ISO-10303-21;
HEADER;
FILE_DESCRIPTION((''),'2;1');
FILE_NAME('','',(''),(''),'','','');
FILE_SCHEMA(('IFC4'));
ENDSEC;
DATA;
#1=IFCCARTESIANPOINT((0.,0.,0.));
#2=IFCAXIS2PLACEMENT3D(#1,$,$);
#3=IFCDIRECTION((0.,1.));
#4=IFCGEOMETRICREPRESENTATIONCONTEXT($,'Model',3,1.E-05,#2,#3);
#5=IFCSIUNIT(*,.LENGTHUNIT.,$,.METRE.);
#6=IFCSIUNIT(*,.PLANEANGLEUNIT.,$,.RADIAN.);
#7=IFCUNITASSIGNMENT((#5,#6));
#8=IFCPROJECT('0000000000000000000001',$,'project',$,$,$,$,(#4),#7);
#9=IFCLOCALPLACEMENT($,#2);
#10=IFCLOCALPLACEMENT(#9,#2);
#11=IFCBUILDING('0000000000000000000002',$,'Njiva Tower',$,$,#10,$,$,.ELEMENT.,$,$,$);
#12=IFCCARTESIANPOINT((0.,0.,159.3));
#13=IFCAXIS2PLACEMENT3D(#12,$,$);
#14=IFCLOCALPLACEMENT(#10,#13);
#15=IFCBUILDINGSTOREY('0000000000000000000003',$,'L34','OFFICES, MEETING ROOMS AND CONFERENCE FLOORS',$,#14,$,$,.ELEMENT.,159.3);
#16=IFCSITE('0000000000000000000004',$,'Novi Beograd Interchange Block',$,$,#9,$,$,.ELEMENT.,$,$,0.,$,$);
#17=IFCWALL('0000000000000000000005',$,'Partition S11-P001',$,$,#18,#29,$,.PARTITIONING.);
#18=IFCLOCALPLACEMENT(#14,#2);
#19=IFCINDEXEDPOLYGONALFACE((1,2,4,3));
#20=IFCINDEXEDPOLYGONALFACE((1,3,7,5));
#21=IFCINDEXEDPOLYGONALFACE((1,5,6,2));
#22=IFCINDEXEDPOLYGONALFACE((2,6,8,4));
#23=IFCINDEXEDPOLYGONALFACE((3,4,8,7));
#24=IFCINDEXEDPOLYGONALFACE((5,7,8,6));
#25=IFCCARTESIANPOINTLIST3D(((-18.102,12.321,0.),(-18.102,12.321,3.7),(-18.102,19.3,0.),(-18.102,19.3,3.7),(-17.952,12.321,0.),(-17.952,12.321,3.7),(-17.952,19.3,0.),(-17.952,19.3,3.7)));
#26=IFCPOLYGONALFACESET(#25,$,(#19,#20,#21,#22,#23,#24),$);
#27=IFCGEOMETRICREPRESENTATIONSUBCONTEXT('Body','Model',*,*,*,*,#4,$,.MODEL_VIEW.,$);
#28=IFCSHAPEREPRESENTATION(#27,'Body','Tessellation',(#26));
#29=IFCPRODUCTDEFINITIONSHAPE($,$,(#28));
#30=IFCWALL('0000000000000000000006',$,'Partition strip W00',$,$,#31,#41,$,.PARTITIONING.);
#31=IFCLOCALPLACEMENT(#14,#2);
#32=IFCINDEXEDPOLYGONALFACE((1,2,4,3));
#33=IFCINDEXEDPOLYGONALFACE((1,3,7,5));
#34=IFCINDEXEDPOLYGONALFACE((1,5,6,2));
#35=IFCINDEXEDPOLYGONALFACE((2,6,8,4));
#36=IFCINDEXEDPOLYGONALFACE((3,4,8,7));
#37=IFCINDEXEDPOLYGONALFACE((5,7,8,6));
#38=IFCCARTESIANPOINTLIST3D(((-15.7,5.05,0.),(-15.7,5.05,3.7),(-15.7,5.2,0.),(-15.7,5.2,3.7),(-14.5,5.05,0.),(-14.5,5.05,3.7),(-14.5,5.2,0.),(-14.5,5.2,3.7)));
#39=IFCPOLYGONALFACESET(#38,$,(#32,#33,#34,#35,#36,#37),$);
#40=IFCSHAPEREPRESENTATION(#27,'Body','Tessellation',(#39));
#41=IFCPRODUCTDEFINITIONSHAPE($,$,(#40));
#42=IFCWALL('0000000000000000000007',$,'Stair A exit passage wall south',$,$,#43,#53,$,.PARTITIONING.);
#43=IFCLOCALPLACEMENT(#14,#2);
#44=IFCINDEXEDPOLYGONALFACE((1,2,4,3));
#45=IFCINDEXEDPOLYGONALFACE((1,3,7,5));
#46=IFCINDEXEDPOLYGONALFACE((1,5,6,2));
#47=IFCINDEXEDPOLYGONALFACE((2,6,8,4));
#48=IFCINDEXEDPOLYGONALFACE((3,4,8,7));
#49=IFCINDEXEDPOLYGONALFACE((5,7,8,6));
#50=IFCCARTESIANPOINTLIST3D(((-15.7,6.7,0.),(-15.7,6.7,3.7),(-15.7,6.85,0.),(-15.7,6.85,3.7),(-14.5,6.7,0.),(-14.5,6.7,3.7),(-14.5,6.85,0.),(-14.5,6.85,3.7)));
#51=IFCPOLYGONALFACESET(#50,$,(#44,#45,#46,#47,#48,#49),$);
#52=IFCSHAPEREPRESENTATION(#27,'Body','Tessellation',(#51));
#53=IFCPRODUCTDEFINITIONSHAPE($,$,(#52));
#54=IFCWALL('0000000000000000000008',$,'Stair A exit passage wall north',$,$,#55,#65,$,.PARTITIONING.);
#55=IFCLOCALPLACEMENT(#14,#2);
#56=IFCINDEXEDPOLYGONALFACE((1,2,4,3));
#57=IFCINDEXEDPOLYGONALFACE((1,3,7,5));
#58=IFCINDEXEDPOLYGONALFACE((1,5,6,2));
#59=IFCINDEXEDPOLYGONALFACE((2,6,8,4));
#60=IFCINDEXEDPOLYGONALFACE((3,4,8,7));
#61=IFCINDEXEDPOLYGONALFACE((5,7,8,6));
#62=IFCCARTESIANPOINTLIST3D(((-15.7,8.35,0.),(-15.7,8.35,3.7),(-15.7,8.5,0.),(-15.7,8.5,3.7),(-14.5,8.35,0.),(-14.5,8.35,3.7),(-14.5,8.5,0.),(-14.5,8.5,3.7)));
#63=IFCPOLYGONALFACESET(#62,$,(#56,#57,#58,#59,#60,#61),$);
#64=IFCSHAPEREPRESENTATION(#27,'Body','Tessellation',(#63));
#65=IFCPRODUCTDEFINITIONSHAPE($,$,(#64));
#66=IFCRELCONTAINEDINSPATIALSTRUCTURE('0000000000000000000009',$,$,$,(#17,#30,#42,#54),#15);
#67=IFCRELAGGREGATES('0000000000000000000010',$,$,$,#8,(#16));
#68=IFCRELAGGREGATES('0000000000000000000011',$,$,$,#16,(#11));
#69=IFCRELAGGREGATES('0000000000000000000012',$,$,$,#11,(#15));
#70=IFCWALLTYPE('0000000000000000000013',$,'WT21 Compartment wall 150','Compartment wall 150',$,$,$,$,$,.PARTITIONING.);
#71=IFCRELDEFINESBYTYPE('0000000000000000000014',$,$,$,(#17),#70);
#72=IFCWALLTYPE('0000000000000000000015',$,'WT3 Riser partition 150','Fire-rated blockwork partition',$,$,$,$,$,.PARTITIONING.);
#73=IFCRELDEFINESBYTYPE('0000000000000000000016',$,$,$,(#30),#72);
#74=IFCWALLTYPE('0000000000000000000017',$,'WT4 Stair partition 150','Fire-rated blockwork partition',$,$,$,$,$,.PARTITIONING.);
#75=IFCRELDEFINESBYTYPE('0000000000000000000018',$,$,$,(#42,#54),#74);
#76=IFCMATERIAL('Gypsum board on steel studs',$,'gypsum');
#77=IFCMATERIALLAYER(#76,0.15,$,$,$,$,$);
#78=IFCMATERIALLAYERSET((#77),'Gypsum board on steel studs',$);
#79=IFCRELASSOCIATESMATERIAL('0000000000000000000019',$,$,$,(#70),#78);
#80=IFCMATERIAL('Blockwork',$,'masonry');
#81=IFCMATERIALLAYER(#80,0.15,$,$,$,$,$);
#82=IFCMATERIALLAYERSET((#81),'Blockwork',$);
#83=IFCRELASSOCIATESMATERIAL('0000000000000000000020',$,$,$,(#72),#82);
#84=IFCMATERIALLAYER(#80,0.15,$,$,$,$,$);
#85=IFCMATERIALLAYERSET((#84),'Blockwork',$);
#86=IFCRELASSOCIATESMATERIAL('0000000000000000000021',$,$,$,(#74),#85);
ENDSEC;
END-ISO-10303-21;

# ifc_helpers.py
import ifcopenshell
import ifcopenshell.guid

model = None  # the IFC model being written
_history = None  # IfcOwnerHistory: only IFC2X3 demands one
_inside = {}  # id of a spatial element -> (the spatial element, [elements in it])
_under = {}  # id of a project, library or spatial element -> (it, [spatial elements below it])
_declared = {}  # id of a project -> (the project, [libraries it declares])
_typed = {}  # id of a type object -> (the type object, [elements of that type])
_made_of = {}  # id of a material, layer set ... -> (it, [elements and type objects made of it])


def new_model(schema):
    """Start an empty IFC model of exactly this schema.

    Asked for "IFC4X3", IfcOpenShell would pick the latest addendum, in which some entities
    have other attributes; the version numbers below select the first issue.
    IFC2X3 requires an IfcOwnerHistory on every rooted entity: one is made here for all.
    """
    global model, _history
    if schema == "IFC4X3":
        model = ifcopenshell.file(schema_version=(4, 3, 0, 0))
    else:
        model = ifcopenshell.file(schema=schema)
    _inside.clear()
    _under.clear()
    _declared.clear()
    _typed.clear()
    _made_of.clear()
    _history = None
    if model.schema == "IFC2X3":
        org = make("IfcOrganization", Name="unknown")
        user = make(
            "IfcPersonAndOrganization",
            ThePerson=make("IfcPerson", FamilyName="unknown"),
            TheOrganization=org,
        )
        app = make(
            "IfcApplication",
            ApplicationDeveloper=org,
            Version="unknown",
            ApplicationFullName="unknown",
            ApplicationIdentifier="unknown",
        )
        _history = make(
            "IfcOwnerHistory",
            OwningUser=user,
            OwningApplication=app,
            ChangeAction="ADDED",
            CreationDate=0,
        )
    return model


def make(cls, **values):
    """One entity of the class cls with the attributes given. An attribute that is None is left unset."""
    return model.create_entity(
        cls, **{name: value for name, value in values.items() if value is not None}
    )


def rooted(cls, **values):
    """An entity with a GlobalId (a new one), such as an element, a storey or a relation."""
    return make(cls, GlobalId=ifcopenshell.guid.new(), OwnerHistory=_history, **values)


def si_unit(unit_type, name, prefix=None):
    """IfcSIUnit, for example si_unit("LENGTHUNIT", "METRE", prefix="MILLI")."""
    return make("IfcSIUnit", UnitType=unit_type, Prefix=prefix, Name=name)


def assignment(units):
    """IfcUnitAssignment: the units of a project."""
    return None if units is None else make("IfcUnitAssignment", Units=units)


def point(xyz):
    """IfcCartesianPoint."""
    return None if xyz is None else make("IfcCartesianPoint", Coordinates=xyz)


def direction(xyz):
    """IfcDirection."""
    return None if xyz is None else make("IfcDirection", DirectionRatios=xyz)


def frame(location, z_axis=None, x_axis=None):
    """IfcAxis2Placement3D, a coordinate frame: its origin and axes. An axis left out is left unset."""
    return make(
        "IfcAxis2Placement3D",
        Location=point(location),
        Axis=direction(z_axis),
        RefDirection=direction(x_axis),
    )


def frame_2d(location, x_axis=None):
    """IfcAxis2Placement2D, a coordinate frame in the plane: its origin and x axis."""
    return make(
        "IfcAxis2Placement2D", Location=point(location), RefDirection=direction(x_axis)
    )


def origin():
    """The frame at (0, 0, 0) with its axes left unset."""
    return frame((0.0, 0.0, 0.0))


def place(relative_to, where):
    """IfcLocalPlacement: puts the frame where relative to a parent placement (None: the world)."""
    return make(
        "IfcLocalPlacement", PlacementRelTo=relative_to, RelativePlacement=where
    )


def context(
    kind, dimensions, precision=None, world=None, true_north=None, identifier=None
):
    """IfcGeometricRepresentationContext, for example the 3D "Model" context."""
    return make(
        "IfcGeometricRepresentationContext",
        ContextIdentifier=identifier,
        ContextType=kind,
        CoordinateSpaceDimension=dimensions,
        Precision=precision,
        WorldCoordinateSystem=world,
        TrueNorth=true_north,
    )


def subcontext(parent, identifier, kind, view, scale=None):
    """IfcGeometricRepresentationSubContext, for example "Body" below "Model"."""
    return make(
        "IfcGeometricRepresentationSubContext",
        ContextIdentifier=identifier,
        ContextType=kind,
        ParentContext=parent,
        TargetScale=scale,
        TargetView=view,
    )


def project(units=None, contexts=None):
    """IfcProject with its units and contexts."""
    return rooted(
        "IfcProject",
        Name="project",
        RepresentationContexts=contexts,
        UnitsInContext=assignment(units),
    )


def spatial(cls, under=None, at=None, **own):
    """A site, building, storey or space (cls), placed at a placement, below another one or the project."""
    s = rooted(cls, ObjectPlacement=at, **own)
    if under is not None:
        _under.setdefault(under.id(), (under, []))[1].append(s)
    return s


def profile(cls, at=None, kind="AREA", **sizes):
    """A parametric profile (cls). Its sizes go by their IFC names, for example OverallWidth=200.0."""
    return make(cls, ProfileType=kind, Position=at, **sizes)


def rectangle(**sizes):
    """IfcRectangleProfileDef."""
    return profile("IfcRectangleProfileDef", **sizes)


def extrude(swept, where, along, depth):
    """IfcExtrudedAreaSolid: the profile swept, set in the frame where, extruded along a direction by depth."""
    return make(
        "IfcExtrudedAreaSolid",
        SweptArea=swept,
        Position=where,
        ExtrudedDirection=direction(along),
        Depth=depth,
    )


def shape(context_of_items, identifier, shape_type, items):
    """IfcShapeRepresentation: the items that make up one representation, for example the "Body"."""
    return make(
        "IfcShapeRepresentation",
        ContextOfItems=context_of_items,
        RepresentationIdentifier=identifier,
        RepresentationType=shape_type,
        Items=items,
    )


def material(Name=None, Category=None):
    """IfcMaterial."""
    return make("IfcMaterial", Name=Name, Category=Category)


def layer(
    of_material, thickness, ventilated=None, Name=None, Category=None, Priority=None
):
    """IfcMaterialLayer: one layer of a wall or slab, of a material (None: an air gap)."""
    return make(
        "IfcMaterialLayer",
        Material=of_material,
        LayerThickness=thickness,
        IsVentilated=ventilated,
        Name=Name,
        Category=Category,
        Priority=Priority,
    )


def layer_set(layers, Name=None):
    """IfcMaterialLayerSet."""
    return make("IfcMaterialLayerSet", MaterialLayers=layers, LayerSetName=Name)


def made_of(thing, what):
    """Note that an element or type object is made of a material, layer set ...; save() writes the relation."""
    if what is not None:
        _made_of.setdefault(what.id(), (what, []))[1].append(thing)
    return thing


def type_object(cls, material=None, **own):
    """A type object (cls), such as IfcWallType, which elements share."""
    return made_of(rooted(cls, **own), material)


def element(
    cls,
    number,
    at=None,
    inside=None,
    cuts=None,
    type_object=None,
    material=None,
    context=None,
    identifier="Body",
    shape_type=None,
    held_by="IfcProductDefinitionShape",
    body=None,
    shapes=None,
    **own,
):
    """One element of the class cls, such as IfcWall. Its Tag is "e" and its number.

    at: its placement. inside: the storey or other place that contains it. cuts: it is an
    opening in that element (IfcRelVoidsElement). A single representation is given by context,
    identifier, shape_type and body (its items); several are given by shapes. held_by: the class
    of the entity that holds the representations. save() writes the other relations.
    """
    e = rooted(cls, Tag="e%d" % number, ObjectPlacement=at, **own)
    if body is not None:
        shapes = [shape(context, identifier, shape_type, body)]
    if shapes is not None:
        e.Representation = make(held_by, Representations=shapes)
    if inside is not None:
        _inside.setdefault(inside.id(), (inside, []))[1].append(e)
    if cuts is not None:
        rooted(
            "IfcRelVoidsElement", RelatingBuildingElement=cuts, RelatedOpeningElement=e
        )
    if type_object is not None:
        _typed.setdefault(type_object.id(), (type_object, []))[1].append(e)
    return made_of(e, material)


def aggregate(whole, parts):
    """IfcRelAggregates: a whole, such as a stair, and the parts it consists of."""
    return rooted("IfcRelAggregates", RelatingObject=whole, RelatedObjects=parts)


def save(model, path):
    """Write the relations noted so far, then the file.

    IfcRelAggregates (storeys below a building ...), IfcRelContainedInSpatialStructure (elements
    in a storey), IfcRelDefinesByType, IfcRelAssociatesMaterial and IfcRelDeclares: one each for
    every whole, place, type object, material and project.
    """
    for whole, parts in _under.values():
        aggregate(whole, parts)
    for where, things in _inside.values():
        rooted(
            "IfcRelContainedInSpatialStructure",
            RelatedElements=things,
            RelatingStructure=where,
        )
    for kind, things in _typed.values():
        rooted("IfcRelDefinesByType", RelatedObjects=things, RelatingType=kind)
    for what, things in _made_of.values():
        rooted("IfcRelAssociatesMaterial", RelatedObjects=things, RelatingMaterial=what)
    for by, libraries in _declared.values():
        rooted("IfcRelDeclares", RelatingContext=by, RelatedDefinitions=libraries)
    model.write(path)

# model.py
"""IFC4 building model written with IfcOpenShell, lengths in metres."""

from ifc_helpers import new_model, si_unit, direction, frame, frame_2d, origin, place, context, subcontext, project, spatial, rectangle, extrude, material, layer, layer_set, type_object, element, save


model = new_model("IFC4")

# Units and contexts
model_context = context("Model", 3, precision=1e-05, world=origin(), true_north=direction((0.0, 1.0)))
body_context = subcontext(model_context, "Body", "Model", "MODEL_VIEW")
ifc_project = project(units=[si_unit("LENGTHUNIT", "METRE"), si_unit("PLANEANGLEUNIT", "RADIAN")], contexts=[model_context])

# Site, building, storey
site_placement = place(None, origin())
site = spatial("IfcSite", under=ifc_project, at=site_placement, Name="Novi Beograd Interchange Block", CompositionType="ELEMENT", RefElevation=0.0)
building_placement = place(site_placement, origin())
building = spatial("IfcBuilding", under=site, at=building_placement, Name="Njiva Tower", CompositionType="ELEMENT")
storey_placement = place(building_placement, frame((0.0, 0.0, 159.3)))
storey = spatial("IfcBuildingStorey", under=building, at=storey_placement, Name="L34", Description="OFFICES, MEETING ROOMS AND CONFERENCE FLOORS", CompositionType="ELEMENT", Elevation=159.3)

# Shared definitions
ifc_material_1 = material(Name="Blockwork", Category="masonry")

# Walls
ifc_material_2 = material(Name="Gypsum board on steel studs", Category="gypsum")
ifc_layer_1 = layer(ifc_material_2, 0.15)
ifc_layer_set_1 = layer_set([ifc_layer_1], Name="Gypsum board on steel studs")
wall_type_1 = type_object("IfcWallType", Name="WT21 Compartment wall 150", Description="Compartment wall 150", PredefinedType="PARTITIONING", material=ifc_layer_set_1)
wall_1_placement = place(storey_placement, frame((-18.027, 12.321, 0.0), z_axis=(0.0, 0.0, 1.0), x_axis=(0.0, 1.0, 0.0)))
element("IfcWall", 1, at=wall_1_placement, inside=storey, type_object=wall_type_1, Name="Partition S11-P001", PredefinedType="PARTITIONING", context=body_context, shape_type="SweptSolid", body=[
    extrude(rectangle(XDim=6.979, YDim=0.15, at=frame_2d((3.4895, 0.0))), origin(), (0.0, 0.0, 1.0), 3.7),
])
ifc_layer_2 = layer(ifc_material_1, 0.15)
ifc_layer_set_2 = layer_set([ifc_layer_2], Name="Blockwork")
wall_type_2 = type_object("IfcWallType", Name="WT3 Riser partition 150", Description="Fire-rated blockwork partition", PredefinedType="PARTITIONING", material=ifc_layer_set_2)
wall_2_placement = place(storey_placement, frame((-15.7, 5.125, 0.0), z_axis=(0.0, 0.0, 1.0), x_axis=(1.0, 0.0, 0.0)))
element("IfcWall", 2, at=wall_2_placement, inside=storey, type_object=wall_type_2, Name="Partition strip W00", PredefinedType="PARTITIONING", context=body_context, shape_type="SweptSolid", body=[
    extrude(rectangle(XDim=1.2, YDim=0.15, at=frame_2d((0.6, 0.0))), origin(), (0.0, 0.0, 1.0), 3.7),
])
ifc_layer_3 = layer(ifc_material_1, 0.15)
ifc_layer_set_3 = layer_set([ifc_layer_3], Name="Blockwork")
wall_type_3 = type_object("IfcWallType", Name="WT4 Stair partition 150", Description="Fire-rated blockwork partition", PredefinedType="PARTITIONING", material=ifc_layer_set_3)
for number, where, z_axis, x_axis, name in (
    (3, (-15.7, 6.775, 0.0), (0.0, 0.0, 1.0), (1.0, 0.0, 0.0), "Stair A exit passage wall south"),
    (4, (-15.7, 8.425, 0.0), (0.0, 0.0, 1.0), (1.0, 0.0, 0.0), "Stair A exit passage wall north"),
):
    element("IfcWall", number, at=place(storey_placement, frame(where, z_axis=z_axis, x_axis=x_axis)), inside=storey, type_object=wall_type_3, Name=name, PredefinedType="PARTITIONING", context=body_context, shape_type="SweptSolid", body=[
        extrude(rectangle(XDim=1.2, YDim=0.15, at=frame_2d((0.6, 0.0))), origin(), (0.0, 0.0, 1.0), 3.7),
    ])

save(model, "model.ifc")
